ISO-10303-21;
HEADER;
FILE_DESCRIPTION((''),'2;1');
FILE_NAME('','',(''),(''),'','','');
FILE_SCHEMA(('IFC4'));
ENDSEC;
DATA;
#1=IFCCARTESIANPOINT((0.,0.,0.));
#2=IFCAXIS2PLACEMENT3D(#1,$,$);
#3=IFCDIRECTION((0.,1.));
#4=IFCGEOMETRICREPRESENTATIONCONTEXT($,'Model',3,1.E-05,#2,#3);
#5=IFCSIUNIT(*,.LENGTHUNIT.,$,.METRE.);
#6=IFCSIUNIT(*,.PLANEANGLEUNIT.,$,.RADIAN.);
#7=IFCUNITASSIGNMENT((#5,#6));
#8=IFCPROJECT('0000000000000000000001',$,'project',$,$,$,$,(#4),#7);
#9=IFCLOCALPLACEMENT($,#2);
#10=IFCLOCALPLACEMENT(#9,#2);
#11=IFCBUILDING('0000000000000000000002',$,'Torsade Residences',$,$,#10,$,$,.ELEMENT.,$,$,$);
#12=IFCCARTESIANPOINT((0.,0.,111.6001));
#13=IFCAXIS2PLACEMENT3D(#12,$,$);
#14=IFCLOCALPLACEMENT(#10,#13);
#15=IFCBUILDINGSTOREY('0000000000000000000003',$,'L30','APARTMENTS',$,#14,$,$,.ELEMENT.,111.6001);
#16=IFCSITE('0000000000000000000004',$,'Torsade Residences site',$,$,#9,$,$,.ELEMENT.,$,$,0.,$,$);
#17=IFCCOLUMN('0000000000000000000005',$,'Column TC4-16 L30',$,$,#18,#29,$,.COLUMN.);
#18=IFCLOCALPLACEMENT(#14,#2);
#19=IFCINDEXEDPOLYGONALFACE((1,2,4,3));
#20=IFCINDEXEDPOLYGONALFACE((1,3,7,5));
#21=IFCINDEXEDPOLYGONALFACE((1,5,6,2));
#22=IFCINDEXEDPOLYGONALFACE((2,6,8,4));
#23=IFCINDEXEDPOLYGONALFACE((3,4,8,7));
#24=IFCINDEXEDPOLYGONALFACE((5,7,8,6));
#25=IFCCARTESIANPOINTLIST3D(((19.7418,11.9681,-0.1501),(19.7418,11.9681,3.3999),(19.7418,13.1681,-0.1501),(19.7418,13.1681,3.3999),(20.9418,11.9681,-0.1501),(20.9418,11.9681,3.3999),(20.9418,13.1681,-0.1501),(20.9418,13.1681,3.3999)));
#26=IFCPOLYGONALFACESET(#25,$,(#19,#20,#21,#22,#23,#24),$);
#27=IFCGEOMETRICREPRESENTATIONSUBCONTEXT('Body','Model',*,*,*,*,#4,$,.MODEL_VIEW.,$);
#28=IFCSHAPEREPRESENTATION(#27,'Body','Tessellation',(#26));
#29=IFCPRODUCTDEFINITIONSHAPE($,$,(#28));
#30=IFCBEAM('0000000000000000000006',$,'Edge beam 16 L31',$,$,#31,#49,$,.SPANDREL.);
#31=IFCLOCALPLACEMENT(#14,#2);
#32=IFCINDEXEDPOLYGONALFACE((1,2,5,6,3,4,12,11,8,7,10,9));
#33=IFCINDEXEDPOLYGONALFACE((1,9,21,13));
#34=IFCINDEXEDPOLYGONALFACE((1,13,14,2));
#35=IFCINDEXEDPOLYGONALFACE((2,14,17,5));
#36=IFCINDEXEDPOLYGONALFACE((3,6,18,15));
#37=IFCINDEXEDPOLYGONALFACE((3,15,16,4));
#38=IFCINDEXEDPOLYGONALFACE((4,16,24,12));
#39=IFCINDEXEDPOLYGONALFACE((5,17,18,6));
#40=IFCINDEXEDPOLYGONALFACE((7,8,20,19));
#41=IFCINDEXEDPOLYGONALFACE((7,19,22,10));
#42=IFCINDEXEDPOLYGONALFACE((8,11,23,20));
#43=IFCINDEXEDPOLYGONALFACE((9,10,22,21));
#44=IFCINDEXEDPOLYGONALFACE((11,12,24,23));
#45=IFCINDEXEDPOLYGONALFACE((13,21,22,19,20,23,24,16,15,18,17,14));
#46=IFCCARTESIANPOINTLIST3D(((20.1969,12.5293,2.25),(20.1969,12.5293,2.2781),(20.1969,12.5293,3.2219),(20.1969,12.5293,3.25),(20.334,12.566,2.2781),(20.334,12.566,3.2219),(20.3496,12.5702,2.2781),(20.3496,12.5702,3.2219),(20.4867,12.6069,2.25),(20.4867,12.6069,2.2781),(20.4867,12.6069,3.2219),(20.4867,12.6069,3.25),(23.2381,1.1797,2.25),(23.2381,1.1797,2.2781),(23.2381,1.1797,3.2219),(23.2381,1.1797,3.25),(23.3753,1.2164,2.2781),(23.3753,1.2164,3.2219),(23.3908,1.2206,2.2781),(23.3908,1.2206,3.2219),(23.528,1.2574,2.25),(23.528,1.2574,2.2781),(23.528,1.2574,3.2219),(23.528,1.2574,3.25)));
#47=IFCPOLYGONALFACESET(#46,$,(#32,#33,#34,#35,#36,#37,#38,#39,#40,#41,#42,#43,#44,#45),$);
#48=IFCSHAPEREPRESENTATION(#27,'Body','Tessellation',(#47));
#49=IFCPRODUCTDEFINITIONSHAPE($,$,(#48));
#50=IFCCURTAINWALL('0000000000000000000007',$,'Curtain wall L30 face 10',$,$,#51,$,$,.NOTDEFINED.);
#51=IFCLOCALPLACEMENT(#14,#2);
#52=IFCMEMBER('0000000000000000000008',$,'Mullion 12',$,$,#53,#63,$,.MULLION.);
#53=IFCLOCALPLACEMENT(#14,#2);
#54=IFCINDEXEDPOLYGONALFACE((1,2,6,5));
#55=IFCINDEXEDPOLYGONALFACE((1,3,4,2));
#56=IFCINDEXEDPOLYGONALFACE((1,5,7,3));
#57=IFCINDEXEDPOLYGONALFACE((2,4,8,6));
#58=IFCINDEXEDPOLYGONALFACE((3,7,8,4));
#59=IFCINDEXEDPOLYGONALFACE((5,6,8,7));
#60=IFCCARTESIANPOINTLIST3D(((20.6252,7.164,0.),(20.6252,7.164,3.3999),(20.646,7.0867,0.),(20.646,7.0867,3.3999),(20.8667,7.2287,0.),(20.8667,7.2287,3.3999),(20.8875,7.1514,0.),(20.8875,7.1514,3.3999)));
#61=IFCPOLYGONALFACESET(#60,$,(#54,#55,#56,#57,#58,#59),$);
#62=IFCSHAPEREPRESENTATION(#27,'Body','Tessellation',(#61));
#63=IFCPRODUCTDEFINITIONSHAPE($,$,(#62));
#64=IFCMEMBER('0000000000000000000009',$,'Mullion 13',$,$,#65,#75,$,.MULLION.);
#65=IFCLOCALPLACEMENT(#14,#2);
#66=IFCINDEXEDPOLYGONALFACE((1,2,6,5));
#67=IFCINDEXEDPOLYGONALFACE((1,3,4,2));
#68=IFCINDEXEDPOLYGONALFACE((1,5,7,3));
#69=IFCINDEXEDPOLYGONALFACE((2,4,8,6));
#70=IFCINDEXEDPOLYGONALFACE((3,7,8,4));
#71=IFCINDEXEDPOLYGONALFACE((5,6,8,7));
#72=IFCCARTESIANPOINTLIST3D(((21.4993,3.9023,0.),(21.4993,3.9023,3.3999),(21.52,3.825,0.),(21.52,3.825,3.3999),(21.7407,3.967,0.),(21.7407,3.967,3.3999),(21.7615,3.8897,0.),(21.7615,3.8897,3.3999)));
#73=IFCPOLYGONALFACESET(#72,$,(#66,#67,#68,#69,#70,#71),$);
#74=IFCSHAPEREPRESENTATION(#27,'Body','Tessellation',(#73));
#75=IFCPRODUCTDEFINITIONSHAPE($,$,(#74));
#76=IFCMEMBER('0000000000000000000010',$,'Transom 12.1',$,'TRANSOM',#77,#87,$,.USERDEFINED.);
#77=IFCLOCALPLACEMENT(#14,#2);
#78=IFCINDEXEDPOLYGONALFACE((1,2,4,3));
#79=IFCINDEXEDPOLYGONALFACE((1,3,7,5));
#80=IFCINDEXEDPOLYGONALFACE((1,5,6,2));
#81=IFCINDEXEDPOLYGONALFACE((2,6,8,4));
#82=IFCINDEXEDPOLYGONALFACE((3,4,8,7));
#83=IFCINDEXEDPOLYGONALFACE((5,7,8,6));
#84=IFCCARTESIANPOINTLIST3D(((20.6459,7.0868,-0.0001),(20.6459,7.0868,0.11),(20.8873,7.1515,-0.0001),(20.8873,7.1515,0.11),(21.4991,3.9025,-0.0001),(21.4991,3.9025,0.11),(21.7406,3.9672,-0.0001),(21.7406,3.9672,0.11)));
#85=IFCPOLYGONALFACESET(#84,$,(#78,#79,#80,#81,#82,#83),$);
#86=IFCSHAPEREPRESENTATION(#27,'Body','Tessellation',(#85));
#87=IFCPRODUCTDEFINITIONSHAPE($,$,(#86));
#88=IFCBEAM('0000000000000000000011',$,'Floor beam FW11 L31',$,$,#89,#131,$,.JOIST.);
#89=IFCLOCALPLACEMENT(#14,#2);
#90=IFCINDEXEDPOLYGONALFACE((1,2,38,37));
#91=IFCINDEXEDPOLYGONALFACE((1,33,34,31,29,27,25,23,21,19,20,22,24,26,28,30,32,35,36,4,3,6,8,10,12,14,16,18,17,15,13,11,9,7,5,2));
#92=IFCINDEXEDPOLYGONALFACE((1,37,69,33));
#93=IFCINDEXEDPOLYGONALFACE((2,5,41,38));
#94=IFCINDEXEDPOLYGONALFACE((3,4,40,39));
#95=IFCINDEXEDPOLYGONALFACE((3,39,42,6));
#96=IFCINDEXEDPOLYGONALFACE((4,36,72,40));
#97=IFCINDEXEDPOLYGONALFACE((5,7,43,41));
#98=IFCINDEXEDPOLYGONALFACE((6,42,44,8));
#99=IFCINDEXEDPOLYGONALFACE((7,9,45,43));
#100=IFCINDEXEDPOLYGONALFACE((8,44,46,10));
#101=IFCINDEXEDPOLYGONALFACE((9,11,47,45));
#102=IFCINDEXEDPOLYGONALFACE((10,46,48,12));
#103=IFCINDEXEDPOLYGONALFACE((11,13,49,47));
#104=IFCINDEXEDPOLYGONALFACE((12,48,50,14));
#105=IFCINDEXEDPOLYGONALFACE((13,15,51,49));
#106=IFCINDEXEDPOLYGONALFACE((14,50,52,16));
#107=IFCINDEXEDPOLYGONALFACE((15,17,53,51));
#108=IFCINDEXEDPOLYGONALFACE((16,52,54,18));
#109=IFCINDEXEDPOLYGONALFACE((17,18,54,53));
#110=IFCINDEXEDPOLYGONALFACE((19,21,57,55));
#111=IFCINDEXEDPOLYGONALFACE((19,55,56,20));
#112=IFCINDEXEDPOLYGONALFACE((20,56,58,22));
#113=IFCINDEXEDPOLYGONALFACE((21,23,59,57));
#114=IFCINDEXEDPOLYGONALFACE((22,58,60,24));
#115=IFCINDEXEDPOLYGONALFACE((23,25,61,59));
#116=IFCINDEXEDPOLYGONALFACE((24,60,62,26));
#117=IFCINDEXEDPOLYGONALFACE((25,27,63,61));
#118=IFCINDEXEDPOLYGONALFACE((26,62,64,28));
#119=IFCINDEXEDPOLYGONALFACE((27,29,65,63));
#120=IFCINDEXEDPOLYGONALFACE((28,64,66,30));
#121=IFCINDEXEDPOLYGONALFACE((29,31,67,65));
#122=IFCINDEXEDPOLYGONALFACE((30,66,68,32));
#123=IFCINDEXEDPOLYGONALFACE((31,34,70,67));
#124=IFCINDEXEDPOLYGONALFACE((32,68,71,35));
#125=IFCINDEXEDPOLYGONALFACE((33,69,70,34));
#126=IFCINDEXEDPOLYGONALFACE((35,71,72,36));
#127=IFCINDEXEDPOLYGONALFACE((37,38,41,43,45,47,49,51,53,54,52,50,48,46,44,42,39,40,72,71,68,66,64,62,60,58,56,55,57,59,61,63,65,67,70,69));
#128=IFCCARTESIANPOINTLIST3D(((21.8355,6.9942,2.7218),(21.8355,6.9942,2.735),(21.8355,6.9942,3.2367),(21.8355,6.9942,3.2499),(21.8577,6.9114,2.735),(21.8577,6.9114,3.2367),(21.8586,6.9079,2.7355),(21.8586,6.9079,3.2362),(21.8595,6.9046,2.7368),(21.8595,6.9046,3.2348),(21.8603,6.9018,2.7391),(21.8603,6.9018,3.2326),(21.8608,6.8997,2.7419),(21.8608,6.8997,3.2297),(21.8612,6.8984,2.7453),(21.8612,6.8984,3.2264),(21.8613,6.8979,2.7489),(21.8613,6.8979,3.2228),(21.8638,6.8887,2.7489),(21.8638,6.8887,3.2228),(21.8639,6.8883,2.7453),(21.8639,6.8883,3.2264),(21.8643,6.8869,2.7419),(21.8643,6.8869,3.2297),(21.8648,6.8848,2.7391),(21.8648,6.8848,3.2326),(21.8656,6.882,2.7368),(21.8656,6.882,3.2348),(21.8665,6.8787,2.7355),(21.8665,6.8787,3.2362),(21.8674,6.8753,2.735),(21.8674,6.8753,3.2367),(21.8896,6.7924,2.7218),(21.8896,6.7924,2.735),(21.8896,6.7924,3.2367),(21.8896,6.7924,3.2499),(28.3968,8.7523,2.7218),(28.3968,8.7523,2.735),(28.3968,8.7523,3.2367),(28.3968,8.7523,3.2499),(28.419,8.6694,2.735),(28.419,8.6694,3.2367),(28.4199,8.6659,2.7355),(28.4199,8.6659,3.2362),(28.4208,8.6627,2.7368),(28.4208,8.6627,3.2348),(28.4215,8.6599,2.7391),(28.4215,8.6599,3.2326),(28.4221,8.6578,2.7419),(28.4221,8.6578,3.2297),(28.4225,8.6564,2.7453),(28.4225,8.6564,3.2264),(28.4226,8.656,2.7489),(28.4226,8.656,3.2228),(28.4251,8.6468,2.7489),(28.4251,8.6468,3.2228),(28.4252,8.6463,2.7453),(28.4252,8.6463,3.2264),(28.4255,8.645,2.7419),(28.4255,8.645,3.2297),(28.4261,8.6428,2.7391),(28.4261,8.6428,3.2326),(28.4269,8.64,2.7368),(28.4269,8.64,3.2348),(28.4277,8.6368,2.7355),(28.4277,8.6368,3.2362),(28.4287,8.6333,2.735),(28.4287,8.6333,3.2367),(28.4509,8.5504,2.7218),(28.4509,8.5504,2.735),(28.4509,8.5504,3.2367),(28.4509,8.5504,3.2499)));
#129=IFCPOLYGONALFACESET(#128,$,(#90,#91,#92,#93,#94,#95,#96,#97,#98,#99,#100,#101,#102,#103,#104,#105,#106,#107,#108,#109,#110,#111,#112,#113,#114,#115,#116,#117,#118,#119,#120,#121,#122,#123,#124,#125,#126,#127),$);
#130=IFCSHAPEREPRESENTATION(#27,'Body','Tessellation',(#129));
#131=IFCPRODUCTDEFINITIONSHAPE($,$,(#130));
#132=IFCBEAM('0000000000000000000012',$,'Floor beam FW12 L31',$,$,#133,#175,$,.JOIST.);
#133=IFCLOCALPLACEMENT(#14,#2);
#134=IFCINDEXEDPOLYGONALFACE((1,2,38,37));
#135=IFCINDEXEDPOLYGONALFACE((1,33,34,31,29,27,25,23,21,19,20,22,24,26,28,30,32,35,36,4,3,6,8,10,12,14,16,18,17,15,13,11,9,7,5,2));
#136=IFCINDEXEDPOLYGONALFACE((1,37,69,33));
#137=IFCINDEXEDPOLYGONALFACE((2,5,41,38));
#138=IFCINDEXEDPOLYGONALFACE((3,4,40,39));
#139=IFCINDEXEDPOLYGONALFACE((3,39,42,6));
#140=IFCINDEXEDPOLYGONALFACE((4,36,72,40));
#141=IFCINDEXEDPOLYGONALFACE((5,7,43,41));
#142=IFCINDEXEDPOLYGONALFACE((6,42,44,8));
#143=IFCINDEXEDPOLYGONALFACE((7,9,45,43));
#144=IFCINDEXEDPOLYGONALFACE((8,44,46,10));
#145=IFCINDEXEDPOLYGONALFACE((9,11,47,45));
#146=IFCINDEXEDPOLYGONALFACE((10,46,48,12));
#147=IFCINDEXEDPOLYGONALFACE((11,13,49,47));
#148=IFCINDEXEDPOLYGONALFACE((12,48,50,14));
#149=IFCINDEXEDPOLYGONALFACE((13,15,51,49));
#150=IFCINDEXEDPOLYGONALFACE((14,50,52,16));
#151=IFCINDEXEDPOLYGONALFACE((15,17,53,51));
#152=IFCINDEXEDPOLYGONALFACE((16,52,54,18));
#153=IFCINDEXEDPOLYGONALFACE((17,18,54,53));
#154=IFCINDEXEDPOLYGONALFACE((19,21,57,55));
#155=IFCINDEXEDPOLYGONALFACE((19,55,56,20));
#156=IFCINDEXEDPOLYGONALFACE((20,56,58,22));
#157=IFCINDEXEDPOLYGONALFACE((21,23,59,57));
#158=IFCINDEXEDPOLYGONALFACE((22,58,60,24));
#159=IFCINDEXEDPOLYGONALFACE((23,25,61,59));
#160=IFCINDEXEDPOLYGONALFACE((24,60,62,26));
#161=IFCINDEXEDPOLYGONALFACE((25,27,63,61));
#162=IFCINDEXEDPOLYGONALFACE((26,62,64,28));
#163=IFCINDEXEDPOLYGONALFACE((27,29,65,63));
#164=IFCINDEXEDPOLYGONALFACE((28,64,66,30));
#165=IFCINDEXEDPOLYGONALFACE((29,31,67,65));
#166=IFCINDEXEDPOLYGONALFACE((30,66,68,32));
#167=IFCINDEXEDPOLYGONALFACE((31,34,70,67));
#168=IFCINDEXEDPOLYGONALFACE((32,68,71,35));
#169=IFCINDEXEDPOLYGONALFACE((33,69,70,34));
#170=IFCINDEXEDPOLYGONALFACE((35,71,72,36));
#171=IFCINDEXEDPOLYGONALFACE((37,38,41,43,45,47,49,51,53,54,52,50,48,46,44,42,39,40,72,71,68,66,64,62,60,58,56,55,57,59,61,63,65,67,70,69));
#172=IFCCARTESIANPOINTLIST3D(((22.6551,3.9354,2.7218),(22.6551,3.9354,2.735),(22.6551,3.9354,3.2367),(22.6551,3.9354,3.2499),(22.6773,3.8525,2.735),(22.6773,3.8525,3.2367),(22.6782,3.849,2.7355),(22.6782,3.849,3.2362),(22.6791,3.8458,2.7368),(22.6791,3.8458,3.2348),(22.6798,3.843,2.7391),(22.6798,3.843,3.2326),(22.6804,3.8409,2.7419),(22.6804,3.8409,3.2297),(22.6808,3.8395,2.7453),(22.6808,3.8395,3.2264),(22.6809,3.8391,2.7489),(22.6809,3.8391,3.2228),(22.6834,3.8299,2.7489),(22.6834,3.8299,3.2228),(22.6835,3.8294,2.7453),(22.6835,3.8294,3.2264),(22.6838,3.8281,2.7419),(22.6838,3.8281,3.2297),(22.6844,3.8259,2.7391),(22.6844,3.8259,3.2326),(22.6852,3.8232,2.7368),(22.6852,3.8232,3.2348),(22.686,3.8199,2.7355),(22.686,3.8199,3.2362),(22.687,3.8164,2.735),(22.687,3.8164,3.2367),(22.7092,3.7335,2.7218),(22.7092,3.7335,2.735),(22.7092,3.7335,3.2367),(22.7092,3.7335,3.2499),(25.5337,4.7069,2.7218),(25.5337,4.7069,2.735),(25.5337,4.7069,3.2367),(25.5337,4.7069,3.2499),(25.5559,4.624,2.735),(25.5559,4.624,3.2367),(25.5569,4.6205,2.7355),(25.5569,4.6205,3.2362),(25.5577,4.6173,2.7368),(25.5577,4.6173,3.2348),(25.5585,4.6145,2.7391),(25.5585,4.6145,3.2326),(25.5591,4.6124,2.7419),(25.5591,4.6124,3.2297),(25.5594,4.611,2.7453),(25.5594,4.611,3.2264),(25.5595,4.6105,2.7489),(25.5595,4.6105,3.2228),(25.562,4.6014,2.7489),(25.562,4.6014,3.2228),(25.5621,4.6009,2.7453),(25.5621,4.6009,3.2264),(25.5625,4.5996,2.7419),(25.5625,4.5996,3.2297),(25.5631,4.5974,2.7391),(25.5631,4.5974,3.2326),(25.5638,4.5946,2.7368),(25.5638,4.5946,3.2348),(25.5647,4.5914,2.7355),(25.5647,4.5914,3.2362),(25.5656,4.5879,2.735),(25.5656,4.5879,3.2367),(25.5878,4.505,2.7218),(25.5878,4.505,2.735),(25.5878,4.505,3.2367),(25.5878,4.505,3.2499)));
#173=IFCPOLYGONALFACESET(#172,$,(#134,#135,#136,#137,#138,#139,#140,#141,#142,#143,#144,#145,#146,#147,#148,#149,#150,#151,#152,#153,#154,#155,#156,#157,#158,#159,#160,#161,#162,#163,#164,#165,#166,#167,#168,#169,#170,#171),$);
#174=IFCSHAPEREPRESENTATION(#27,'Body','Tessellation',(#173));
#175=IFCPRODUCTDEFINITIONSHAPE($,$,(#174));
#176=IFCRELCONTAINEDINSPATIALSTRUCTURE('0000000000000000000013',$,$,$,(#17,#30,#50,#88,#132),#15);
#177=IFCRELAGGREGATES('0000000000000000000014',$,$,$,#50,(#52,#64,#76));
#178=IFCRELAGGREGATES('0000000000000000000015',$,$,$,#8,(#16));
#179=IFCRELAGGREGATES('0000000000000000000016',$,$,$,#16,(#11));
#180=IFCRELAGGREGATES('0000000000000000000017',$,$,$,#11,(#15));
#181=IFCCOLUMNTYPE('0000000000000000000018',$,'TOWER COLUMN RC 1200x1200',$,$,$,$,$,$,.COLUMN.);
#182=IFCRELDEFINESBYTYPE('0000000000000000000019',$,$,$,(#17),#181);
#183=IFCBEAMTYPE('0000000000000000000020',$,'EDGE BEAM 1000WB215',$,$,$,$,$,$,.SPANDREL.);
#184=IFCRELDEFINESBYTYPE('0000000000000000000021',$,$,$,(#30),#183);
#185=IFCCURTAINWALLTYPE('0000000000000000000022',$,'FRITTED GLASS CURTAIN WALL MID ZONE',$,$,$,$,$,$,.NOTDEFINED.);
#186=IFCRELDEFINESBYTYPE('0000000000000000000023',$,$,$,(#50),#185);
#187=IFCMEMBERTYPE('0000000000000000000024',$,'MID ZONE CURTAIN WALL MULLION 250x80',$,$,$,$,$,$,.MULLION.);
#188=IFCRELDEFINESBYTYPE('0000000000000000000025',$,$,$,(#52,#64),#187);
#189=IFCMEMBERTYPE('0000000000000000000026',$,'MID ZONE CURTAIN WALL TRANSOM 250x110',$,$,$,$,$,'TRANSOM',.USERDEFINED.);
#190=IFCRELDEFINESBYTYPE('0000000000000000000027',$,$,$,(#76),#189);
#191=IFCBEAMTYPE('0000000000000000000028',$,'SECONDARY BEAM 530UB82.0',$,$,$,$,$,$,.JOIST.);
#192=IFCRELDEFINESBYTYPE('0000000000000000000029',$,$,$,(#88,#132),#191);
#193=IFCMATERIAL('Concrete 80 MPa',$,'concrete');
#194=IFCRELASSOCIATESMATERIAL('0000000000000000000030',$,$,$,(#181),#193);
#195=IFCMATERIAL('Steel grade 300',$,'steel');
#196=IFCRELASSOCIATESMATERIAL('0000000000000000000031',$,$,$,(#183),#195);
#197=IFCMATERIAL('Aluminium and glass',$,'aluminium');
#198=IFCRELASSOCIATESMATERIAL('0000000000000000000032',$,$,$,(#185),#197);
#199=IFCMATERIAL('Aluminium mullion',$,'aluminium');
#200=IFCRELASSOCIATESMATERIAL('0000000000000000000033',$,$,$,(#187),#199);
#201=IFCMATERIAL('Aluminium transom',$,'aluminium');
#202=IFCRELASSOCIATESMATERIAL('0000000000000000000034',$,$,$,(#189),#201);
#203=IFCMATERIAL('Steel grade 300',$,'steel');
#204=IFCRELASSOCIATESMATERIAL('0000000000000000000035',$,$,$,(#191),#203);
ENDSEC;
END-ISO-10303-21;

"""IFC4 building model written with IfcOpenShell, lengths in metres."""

from ifc_helpers import new_model, si_unit, direction, frame, origin, origin_2d, place, context, subcontext, project, spatial, rectangle, i_section, extrude, material, material_profile, profile_set, type_object, element, aggregate, save


model = new_model("IFC4")

# Units and contexts
model_context = context("Model", 3, precision=1e-05, world=origin(), true_north=direction((0.0, 1.0)))
body_context = subcontext(model_context, "Body", "Model", "MODEL_VIEW")
ifc_project = project(units=[si_unit("LENGTHUNIT", "METRE"), si_unit("PLANEANGLEUNIT", "RADIAN")], contexts=[model_context])

# Site, building, storey
site_placement = place(None, origin())
site = spatial("IfcSite", under=ifc_project, at=site_placement, Name="Torsade Residences site", CompositionType="ELEMENT", RefElevation=0.0)
building_placement = place(site_placement, origin())
building = spatial("IfcBuilding", under=site, at=building_placement, Name="Torsade Residences", CompositionType="ELEMENT")
storey_placement = place(building_placement, frame((0.0, 0.0, 111.6001)))
storey = spatial("IfcBuildingStorey", under=building, at=storey_placement, Name="L30", Description="APARTMENTS", CompositionType="ELEMENT", Elevation=111.6001)

# Column
ifc_material_1 = material(Name="Concrete 80 MPa", Category="concrete")
ifc_material_profile_1 = material_profile(ifc_material_1, rectangle(XDim=1.2, YDim=1.2, at=origin_2d()), Name="RC 1200x1200")
ifc_profile_set_1 = profile_set([ifc_material_profile_1], Name="Concrete 80 MPa")
column_type = type_object("IfcColumnType", Name="TOWER COLUMN RC 1200x1200", PredefinedType="COLUMN", material=ifc_profile_set_1)
column_placement = place(storey_placement, frame((20.3418, 12.5681, -0.1501), z_axis=(0.0, 0.0, 1.0), x_axis=(1.0, 0.0, 0.0)))
element("IfcColumn", 1, at=column_placement, inside=storey, type_object=column_type, Name="Column TC4-16 L30", PredefinedType="COLUMN", context=body_context, shape_type="SweptSolid", body=[
    extrude(rectangle(XDim=1.2, YDim=1.2, at=origin_2d()), origin(), (0.0, 0.0, 1.0), 3.55),
])

# Beam
ifc_material_2 = material(Name="Steel grade 300", Category="steel")
ifc_material_profile_2 = material_profile(ifc_material_2, i_section(OverallWidth=0.3, OverallDepth=1.0, WebThickness=0.0161, FlangeThickness=0.0281, at=origin_2d()), Name="1000WB215")
ifc_profile_set_2 = profile_set([ifc_material_profile_2], Name="Steel grade 300")
beam_type_1 = type_object("IfcBeamType", Name="EDGE BEAM 1000WB215", PredefinedType="SPANDREL", material=ifc_profile_set_2)
beam_1_placement = place(storey_placement, frame((20.3418, 12.5681, 2.75), z_axis=(0.25883, -0.965923, 0.0), x_axis=(0.965923, 0.25883, 0.0)))
element("IfcBeam", 2, at=beam_1_placement, inside=storey, type_object=beam_type_1, Name="Edge beam 16 L31", PredefinedType="SPANDREL", context=body_context, shape_type="SweptSolid", body=[
    extrude(i_section(OverallWidth=0.3, OverallDepth=1.0, WebThickness=0.0161, FlangeThickness=0.0281, at=origin_2d()), origin(), (0.0, 0.0, 1.0), 11.75),
])

# Curtain wall, members
ifc_material_3 = material(Name="Aluminium and glass", Category="aluminium")
curtain_wall_type = type_object("IfcCurtainWallType", Name="FRITTED GLASS CURTAIN WALL MID ZONE", PredefinedType="NOTDEFINED", material=ifc_material_3)
curtain_wall_placement = place(storey_placement, origin())
curtain_wall = element("IfcCurtainWall", 3, at=curtain_wall_placement, inside=storey, type_object=curtain_wall_type, Name="Curtain wall L30 face 10", PredefinedType="NOTDEFINED")
ifc_material_4 = material(Name="Aluminium mullion", Category="aluminium")
ifc_material_profile_3 = material_profile(ifc_material_4, rectangle(XDim=0.25, YDim=0.0801, at=origin_2d()), Name="MID ZONE CURTAIN WALL MULLION 250x80")
ifc_profile_set_3 = profile_set([ifc_material_profile_3], Name="Aluminium mullion")
member_type_1 = type_object("IfcMemberType", Name="MID ZONE CURTAIN WALL MULLION 250x80", PredefinedType="MULLION", material=ifc_profile_set_3)
member_1_placement = place(storey_placement, frame((20.7563, 7.1577, 0.0), z_axis=(0.0, 0.0, 1.0), x_axis=(0.965926, 0.258819, 0.0)))
member_1 = element("IfcMember", 4, at=member_1_placement, type_object=member_type_1, Name="Mullion 12", PredefinedType="MULLION", context=body_context, shape_type="SweptSolid", body=[
    extrude(rectangle(XDim=0.25, YDim=0.0801, at=origin_2d()), origin(), (0.0, 0.0, 1.0), 3.3999),
])
member_2_placement = place(storey_placement, frame((21.6304, 3.896, 0.0), z_axis=(0.0, 0.0, 1.0), x_axis=(0.965926, 0.258819, 0.0)))
member_2 = element("IfcMember", 5, at=member_2_placement, type_object=member_type_1, Name="Mullion 13", PredefinedType="MULLION", context=body_context, shape_type="SweptSolid", body=[
    extrude(rectangle(XDim=0.25, YDim=0.0801, at=origin_2d()), origin(), (0.0, 0.0, 1.0), 3.3999),
])
ifc_material_5 = material(Name="Aluminium transom", Category="aluminium")
ifc_material_profile_4 = material_profile(ifc_material_5, rectangle(XDim=0.25, YDim=0.1101, at=origin_2d()), Name="MID ZONE CURTAIN WALL TRANSOM 250x110")
ifc_profile_set_4 = profile_set([ifc_material_profile_4], Name="Aluminium transom")
member_type_2 = type_object("IfcMemberType", Name="MID ZONE CURTAIN WALL TRANSOM 250x110", ElementType="TRANSOM", PredefinedType="USERDEFINED", material=ifc_profile_set_4)
member_3_placement = place(storey_placement, frame((20.7666, 7.1191, 0.0549), z_axis=(0.258829, -0.965923, 0.0), x_axis=(0.965923, 0.258829, 0.0)))
member_3 = element("IfcMember", 6, at=member_3_placement, type_object=member_type_2, Name="Transom 12.1", ObjectType="TRANSOM", PredefinedType="USERDEFINED", context=body_context, shape_type="SweptSolid", body=[
    extrude(rectangle(XDim=0.25, YDim=0.1101, at=origin_2d()), origin(), (0.0, 0.0, 1.0), 3.2966),
])

# Beams
ifc_material_6 = material(Name="Steel grade 300", Category="steel")
ifc_material_profile_5 = material_profile(ifc_material_6, i_section(OverallWidth=0.209, OverallDepth=0.5281, WebThickness=0.0095, FlangeThickness=0.0132, FilletRadius=0.0139, at=origin_2d()), Name="530UB82.0")
ifc_profile_set_5 = profile_set([ifc_material_profile_5], Name="Steel grade 300")
beam_type_2 = type_object("IfcBeamType", Name="SECONDARY BEAM 530UB82.0", PredefinedType="JOIST", material=ifc_profile_set_5)
beam_2_placement = place(storey_placement, frame((21.8625, 6.8933, 2.9858), z_axis=(0.965927, 0.258815, 0.0), x_axis=(-0.258815, 0.965927, 0.0)))
element("IfcBeam", 7, at=beam_2_placement, inside=storey, type_object=beam_type_2, Name="Floor beam FW11 L31", PredefinedType="JOIST", context=body_context, shape_type="SweptSolid", body=[
    extrude(i_section(OverallWidth=0.209, OverallDepth=0.5281, WebThickness=0.0095, FlangeThickness=0.0132, FilletRadius=0.0139, at=origin_2d()), origin(), (0.0, 0.0, 1.0), 6.7927),
])
beam_3_placement = place(storey_placement, frame((22.6821, 3.8345, 2.9858), z_axis=(0.965913, 0.258866, 0.0), x_axis=(-0.258866, 0.965913, 0.0)))
element("IfcBeam", 8, at=beam_3_placement, inside=storey, type_object=beam_type_2, Name="Floor beam FW12 L31", PredefinedType="JOIST", context=body_context, shape_type="SweptSolid", body=[
    extrude(i_section(OverallWidth=0.209, OverallDepth=0.5281, WebThickness=0.0095, FlangeThickness=0.0132, FilletRadius=0.0139, at=origin_2d()), origin(), (0.0, 0.0, 1.0), 2.9802),
])

aggregate(curtain_wall, [member_1, member_2, member_3])

save(model, "model.ifc")
